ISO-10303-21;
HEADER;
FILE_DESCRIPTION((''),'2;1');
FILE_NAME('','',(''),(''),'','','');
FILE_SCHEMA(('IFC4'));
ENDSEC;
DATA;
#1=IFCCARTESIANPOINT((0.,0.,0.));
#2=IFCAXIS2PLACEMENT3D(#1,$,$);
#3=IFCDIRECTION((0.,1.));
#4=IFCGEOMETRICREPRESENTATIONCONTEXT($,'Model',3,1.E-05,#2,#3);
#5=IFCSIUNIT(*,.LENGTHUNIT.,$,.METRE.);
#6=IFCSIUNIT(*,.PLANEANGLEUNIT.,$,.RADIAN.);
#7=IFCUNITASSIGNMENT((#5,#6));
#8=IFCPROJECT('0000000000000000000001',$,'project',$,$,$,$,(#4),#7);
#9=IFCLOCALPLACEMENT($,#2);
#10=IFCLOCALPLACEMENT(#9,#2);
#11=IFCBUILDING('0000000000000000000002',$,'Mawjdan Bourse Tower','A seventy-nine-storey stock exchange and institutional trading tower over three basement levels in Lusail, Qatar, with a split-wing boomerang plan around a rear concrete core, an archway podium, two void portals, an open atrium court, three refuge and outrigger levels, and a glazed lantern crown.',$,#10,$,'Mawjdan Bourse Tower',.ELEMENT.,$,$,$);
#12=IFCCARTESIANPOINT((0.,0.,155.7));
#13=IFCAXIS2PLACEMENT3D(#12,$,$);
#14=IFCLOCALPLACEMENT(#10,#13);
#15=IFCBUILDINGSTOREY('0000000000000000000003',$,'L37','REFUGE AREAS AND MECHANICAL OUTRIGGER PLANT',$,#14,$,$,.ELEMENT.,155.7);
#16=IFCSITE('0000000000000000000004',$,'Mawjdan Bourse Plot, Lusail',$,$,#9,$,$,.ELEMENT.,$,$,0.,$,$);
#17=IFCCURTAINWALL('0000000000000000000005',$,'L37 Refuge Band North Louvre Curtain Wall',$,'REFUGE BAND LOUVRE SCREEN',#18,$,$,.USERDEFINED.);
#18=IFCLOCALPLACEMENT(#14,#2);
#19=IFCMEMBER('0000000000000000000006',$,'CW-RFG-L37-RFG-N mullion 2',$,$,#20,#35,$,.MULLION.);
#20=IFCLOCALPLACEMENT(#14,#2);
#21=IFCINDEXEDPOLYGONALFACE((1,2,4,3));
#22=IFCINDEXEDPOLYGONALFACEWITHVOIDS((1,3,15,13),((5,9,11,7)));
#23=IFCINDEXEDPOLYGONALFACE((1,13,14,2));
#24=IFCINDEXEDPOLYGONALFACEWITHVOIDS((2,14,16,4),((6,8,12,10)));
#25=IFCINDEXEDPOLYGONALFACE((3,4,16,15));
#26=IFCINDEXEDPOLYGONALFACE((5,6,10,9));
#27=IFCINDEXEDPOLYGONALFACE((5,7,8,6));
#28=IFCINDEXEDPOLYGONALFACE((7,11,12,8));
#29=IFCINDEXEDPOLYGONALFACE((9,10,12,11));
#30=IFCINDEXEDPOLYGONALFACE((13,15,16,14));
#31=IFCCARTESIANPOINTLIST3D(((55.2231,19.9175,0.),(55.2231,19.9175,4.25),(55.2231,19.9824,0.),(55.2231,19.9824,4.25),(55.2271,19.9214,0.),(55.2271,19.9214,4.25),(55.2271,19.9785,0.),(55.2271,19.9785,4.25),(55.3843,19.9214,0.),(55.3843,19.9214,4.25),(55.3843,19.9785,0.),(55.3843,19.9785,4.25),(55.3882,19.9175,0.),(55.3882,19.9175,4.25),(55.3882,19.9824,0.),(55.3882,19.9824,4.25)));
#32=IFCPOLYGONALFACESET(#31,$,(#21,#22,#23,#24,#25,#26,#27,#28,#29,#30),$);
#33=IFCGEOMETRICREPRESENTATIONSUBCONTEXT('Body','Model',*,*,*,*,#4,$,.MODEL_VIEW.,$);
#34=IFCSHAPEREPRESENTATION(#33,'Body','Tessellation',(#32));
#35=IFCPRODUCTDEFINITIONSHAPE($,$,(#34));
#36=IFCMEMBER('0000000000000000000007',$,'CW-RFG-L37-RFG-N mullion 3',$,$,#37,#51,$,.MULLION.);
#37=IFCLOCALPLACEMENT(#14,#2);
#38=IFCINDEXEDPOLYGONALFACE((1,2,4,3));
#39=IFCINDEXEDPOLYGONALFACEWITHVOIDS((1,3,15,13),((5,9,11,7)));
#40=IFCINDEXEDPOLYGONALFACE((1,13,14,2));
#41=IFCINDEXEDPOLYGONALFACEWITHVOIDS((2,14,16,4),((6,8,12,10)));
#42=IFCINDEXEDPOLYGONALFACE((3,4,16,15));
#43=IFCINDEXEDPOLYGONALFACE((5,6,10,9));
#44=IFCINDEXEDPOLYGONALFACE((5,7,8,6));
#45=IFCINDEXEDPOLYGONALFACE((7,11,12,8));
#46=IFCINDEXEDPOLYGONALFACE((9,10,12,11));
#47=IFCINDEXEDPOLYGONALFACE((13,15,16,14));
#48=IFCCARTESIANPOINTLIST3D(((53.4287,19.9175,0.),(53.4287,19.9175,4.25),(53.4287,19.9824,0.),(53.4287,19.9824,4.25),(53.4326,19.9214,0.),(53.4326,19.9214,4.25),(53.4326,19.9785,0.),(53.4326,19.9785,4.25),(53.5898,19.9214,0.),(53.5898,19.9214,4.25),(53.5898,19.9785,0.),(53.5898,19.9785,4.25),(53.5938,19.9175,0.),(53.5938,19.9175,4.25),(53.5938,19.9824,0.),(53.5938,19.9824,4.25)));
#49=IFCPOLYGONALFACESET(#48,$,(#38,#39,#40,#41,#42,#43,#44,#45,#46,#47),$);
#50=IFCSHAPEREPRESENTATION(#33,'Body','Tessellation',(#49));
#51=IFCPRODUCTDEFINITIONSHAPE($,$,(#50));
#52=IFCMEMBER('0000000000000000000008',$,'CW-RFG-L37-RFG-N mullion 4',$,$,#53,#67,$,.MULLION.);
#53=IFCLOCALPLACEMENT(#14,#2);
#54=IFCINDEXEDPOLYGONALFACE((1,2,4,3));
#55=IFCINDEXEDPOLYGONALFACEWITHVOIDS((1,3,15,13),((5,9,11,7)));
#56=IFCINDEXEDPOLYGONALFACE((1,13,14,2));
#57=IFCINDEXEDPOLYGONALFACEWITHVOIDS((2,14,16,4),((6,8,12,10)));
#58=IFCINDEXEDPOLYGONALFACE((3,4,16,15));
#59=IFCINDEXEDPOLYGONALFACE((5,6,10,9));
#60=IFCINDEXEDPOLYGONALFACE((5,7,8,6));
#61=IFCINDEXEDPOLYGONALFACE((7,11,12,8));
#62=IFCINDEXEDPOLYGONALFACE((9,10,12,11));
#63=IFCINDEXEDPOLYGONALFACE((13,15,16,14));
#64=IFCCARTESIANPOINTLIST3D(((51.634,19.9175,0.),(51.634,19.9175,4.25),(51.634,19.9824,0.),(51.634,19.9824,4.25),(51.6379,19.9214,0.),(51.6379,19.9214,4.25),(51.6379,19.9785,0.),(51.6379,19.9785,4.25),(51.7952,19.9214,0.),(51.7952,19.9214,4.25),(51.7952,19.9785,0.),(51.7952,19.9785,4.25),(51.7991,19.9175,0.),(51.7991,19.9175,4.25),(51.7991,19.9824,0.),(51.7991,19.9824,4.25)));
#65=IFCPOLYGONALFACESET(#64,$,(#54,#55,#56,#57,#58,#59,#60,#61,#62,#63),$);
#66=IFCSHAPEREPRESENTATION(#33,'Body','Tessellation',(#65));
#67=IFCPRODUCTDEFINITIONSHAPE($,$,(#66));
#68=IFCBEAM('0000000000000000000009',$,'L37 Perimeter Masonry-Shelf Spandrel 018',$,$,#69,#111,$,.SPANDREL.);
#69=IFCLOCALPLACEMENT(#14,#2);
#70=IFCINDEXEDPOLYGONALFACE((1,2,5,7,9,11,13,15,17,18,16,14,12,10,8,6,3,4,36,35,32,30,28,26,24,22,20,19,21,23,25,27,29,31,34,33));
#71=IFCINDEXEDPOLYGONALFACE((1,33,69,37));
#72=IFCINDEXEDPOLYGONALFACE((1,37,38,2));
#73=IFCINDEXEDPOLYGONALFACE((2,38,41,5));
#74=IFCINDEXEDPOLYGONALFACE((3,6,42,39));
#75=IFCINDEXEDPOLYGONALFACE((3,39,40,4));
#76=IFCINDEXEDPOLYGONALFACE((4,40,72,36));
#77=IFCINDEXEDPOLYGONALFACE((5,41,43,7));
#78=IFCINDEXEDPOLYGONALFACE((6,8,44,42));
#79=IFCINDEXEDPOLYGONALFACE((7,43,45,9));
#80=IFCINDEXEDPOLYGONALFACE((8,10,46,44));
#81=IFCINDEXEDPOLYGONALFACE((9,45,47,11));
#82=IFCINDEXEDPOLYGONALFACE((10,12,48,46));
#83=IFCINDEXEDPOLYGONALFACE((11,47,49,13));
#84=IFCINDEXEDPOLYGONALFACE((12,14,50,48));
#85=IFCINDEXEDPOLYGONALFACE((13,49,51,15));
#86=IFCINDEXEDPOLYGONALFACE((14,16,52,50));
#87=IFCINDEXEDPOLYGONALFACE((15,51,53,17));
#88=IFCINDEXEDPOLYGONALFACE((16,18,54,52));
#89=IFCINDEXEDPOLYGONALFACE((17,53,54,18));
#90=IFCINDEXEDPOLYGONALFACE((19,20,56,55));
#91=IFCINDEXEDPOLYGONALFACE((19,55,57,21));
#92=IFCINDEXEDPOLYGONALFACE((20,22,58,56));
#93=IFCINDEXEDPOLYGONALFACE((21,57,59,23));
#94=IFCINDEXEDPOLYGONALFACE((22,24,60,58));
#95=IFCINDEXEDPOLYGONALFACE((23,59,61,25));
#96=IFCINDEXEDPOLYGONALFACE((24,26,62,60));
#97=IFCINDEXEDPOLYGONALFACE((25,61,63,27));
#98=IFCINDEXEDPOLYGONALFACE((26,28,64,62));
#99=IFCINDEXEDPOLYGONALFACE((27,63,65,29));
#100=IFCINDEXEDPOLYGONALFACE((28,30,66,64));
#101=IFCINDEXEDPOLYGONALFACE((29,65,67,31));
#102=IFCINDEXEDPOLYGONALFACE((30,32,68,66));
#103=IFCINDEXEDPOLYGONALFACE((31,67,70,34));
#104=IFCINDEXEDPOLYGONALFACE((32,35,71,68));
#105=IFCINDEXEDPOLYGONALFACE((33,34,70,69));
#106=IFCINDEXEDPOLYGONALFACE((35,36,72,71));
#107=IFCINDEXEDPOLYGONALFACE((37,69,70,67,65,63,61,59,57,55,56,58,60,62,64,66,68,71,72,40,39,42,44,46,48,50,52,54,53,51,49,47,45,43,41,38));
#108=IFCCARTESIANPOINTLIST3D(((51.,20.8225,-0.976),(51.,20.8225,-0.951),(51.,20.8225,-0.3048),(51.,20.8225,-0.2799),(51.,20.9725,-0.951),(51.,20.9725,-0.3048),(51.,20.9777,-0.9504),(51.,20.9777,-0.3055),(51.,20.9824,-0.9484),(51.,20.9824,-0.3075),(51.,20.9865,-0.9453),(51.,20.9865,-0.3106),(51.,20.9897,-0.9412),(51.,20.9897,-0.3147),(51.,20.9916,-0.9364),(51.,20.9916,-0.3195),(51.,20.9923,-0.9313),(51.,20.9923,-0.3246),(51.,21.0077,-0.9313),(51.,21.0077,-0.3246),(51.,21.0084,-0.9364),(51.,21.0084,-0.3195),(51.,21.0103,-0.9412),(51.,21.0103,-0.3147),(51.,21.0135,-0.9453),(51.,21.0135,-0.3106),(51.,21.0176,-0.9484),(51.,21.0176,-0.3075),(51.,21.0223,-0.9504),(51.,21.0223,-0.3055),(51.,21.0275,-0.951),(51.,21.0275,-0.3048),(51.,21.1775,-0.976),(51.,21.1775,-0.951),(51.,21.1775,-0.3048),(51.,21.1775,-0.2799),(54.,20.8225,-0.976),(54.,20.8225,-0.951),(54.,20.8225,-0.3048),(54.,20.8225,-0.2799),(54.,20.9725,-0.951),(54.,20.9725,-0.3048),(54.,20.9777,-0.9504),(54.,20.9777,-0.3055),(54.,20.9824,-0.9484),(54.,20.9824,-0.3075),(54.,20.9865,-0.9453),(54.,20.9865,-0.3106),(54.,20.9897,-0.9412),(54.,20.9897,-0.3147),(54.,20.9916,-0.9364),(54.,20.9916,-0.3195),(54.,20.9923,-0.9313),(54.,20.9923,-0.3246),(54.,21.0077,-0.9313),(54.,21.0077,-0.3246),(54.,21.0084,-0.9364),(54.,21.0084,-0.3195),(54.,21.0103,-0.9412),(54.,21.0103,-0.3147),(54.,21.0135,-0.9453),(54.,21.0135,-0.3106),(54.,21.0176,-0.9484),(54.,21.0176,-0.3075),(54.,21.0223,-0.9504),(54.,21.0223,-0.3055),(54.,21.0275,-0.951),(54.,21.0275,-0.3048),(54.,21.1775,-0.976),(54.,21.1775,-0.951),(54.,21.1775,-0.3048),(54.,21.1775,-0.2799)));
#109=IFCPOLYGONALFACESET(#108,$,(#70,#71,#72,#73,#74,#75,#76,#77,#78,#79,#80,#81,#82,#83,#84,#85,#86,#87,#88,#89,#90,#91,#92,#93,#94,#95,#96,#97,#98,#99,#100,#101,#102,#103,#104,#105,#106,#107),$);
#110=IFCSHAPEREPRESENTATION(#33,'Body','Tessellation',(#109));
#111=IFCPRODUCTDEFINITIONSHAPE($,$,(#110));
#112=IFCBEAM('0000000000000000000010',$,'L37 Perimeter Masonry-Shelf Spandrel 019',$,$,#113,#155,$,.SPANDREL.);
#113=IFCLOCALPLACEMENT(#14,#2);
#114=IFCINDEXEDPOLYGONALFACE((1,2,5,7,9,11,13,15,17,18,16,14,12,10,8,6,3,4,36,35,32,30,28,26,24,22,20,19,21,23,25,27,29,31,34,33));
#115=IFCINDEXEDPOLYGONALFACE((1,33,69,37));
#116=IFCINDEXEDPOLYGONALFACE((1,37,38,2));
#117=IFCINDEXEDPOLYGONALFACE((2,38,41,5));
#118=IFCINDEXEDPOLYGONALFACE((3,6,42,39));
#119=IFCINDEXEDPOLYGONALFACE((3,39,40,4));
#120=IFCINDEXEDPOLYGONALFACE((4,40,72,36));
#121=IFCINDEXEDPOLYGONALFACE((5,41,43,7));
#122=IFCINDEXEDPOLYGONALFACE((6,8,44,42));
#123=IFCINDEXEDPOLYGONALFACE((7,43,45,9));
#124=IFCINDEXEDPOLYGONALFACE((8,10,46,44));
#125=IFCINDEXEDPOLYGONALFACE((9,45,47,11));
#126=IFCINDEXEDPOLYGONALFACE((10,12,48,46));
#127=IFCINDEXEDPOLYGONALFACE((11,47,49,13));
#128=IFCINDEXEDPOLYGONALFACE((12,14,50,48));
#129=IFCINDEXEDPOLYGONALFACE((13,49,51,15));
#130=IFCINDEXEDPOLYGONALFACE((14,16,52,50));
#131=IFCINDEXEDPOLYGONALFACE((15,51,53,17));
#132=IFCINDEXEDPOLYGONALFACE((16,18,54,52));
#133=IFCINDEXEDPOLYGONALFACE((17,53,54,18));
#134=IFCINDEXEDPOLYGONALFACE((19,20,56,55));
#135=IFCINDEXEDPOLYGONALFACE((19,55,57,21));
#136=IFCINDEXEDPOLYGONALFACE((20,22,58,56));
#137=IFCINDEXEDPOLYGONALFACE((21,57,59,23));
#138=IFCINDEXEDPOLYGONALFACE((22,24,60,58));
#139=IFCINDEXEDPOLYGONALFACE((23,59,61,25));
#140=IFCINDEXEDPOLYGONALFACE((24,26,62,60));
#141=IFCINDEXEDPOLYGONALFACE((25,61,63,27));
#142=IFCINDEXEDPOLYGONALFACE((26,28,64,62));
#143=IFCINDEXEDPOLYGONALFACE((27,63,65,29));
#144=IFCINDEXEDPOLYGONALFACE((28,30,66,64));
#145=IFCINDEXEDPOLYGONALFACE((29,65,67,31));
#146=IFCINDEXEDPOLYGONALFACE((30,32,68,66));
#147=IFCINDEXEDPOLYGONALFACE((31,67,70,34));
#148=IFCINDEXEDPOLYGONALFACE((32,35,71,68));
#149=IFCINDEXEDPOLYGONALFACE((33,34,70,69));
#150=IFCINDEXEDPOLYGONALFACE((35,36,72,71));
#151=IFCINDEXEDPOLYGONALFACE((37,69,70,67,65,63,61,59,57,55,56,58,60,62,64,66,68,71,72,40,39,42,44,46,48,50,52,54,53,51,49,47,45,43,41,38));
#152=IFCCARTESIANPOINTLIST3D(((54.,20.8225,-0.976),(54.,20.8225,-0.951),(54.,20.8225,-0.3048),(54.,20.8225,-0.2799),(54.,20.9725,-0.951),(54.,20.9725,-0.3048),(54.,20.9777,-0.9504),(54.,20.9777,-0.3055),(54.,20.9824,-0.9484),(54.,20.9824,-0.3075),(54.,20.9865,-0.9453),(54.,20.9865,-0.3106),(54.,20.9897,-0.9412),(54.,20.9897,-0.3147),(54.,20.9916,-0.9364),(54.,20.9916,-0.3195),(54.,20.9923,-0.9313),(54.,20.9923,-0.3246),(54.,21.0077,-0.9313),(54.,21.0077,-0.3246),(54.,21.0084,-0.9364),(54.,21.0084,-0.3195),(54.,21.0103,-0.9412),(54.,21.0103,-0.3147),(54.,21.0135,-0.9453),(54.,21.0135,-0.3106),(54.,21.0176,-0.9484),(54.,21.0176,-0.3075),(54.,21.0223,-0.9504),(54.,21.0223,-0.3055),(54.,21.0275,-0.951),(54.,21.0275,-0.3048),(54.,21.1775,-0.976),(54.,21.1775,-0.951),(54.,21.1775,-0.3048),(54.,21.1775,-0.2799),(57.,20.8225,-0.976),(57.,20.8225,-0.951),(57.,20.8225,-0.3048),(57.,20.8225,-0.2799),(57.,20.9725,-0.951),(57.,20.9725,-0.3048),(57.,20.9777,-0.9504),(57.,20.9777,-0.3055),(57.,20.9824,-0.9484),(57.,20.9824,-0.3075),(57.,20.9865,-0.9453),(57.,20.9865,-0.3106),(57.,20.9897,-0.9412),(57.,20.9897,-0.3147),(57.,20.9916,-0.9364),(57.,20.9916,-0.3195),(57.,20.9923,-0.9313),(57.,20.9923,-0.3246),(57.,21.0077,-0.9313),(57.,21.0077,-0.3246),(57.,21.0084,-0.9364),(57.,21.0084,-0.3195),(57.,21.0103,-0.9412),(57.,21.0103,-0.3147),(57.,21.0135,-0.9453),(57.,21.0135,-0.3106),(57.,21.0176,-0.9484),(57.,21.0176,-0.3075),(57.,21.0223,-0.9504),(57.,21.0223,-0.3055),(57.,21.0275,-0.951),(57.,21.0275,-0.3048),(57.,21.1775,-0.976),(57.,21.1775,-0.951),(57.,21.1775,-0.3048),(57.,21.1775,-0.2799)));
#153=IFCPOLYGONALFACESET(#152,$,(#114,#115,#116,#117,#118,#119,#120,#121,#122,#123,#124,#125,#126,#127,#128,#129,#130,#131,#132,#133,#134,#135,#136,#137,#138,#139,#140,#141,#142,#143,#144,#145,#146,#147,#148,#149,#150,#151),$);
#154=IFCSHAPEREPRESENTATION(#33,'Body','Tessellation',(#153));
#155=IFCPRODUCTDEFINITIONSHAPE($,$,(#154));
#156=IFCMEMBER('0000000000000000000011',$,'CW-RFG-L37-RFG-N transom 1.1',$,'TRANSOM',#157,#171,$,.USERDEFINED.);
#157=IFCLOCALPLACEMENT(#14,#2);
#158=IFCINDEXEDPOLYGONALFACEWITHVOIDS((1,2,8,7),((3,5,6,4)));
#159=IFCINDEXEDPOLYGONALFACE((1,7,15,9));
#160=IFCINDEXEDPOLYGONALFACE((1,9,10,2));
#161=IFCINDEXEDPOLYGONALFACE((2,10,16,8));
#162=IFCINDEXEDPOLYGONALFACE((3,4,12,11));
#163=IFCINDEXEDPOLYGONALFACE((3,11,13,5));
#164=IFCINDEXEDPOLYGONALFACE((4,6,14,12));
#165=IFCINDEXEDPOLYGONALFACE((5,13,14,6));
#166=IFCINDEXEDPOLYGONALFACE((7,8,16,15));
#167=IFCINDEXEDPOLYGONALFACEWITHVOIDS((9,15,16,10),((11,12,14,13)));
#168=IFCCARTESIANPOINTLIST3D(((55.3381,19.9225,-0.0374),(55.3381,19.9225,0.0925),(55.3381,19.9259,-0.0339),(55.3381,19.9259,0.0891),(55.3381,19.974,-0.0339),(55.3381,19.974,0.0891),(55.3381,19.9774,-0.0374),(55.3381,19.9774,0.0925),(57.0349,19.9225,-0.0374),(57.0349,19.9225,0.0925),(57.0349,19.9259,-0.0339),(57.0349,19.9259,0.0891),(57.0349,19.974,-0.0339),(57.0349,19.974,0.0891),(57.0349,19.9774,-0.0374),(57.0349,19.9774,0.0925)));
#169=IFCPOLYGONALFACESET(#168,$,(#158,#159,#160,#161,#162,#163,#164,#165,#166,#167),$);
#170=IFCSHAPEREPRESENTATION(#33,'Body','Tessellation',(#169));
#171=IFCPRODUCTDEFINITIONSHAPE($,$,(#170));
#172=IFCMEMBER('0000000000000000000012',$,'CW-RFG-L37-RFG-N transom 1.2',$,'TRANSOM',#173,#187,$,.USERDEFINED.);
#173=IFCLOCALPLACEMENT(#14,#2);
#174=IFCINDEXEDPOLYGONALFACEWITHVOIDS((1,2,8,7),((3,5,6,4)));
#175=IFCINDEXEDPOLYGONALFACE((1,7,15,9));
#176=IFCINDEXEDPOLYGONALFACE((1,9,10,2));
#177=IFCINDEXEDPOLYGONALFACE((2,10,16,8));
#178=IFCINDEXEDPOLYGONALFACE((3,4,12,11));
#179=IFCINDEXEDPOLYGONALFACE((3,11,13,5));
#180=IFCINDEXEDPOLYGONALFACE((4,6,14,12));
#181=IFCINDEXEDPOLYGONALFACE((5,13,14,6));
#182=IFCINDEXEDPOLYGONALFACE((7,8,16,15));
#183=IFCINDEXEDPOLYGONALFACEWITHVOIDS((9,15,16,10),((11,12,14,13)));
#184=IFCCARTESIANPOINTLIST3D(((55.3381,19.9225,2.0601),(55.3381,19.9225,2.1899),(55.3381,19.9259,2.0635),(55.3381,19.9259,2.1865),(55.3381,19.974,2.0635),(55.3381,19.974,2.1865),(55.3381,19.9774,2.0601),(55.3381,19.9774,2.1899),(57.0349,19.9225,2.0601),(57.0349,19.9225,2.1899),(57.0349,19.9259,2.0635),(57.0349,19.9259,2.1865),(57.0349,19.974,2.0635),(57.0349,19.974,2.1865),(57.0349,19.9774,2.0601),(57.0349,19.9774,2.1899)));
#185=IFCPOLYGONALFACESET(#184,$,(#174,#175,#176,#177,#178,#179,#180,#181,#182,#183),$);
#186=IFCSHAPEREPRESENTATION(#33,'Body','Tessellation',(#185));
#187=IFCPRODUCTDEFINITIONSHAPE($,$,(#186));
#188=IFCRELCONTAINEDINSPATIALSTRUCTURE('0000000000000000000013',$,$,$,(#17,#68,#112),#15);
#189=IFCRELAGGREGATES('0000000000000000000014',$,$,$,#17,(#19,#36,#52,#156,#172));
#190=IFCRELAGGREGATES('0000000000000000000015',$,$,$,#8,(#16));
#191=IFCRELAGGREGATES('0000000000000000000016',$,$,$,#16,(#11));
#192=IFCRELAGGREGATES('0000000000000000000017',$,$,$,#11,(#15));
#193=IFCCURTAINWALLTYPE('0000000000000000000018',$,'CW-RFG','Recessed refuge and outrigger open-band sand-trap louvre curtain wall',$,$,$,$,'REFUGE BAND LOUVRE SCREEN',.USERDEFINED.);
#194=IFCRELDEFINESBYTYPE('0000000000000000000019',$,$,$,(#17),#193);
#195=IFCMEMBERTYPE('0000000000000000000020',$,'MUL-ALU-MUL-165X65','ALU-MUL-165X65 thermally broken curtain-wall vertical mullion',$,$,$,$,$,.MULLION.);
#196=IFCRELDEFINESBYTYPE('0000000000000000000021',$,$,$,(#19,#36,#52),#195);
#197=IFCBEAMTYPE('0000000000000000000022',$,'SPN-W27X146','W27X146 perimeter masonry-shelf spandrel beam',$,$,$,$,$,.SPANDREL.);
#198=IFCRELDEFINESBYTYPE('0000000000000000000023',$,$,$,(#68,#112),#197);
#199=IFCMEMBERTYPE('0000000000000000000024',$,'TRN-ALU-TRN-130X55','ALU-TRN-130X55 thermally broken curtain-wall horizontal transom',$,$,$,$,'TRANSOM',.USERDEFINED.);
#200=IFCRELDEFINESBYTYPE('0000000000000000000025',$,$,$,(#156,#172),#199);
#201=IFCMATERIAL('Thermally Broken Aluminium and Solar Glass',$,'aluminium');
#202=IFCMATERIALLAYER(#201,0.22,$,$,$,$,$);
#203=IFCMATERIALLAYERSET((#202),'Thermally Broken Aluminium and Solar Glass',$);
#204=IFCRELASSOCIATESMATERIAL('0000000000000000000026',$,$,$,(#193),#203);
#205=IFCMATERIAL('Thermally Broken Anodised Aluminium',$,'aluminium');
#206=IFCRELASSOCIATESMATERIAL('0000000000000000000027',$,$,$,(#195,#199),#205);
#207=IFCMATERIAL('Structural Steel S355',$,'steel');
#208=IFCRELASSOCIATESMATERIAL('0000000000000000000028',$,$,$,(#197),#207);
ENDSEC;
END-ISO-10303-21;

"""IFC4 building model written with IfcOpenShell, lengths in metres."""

from ifc_helpers import new_model, si_unit, direction, frame, origin, origin_2d, place, context, subcontext, project, spatial, hollow_rectangle, i_section, extrude, material, layer, layer_set, material_profile, profile_set, type_object, element, aggregate, save


model = new_model("IFC4")

# Units and contexts
model_context = context("Model", 3, precision=1e-05, world=origin(), true_north=direction((0.0, 1.0)))
body_context = subcontext(model_context, "Body", "Model", "MODEL_VIEW")
ifc_project = project(units=[si_unit("LENGTHUNIT", "METRE"), si_unit("PLANEANGLEUNIT", "RADIAN")], contexts=[model_context])

# Site, building, storey
site_placement = place(None, origin())
site = spatial("IfcSite", under=ifc_project, at=site_placement, Name="Mawjdan Bourse Plot, Lusail", CompositionType="ELEMENT", RefElevation=0.0)
building_placement = place(site_placement, origin())
building = spatial("IfcBuilding", under=site, at=building_placement, Name="Mawjdan Bourse Tower", Description="A seventy-nine-storey stock exchange and institutional trading tower over three basement levels in Lusail, Qatar, with a split-wing boomerang plan around a rear concrete core, an archway podium, two void portals, an open atrium court, three refuge and outrigger levels, and a glazed lantern crown.", LongName="Mawjdan Bourse Tower", CompositionType="ELEMENT")
storey_placement = place(building_placement, frame((0.0, 0.0, 155.7)))
storey = spatial("IfcBuildingStorey", under=building, at=storey_placement, Name="L37", Description="REFUGE AREAS AND MECHANICAL OUTRIGGER PLANT", CompositionType="ELEMENT", Elevation=155.7)

# Shared definitions
ifc_material_1 = material(Name="Structural Steel S355", Category="steel")

# Curtain wall, members
ifc_material_2 = material(Name="Thermally Broken Aluminium and Solar Glass", Category="aluminium")
ifc_layer_1 = layer(ifc_material_2, 0.22)
ifc_layer_set_1 = layer_set([ifc_layer_1], Name="Thermally Broken Aluminium and Solar Glass")
curtain_wall_type = type_object("IfcCurtainWallType", Name="CW-RFG", Description="Recessed refuge and outrigger open-band sand-trap louvre curtain wall", ElementType="REFUGE BAND LOUVRE SCREEN", PredefinedType="USERDEFINED", material=ifc_layer_set_1)
curtain_wall_placement = place(storey_placement, origin())
curtain_wall = element("IfcCurtainWall", 1, at=curtain_wall_placement, inside=storey, type_object=curtain_wall_type, Name="L37 Refuge Band North Louvre Curtain Wall", ObjectType="REFUGE BAND LOUVRE SCREEN", PredefinedType="USERDEFINED")
ifc_material_3 = material(Name="Thermally Broken Anodised Aluminium", Category="aluminium")
ifc_material_profile_1 = material_profile(ifc_material_3, hollow_rectangle(XDim=0.0649, YDim=0.165, WallThickness=0.0039, at=origin_2d()), Name="ALU-MUL-165X65")
ifc_profile_set_1 = profile_set([ifc_material_profile_1], Name="Thermally Broken Anodised Aluminium")
member_type_1 = type_object("IfcMemberType", Name="MUL-ALU-MUL-165X65", Description="ALU-MUL-165X65 thermally broken curtain-wall vertical mullion", PredefinedType="MULLION", material=ifc_profile_set_1)
member_1_placement = place(storey_placement, frame((55.3057, 19.95, 0.0), z_axis=(0.0, 0.0, 1.0), x_axis=(0.0, -1.0, 0.0)))
member_1 = element("IfcMember", 2, at=member_1_placement, type_object=member_type_1, Name="CW-RFG-L37-RFG-N mullion 2", PredefinedType="MULLION", context=body_context, shape_type="SweptSolid", body=[
    extrude(hollow_rectangle(XDim=0.0649, YDim=0.165, WallThickness=0.0039, at=origin_2d()), origin(), (0.0, 0.0, 1.0), 4.25),
])
member_2_placement = place(storey_placement, frame((53.5112, 19.95, 0.0), z_axis=(0.0, 0.0, 1.0), x_axis=(0.0, -1.0, 0.0)))
member_2 = element("IfcMember", 3, at=member_2_placement, type_object=member_type_1, Name="CW-RFG-L37-RFG-N mullion 3", PredefinedType="MULLION", context=body_context, shape_type="SweptSolid", body=[
    extrude(hollow_rectangle(XDim=0.0649, YDim=0.165, WallThickness=0.0039, at=origin_2d()), origin(), (0.0, 0.0, 1.0), 4.25),
])
member_3_placement = place(storey_placement, frame((51.7166, 19.95, 0.0), z_axis=(0.0, 0.0, 1.0), x_axis=(0.0, -1.0, 0.0)))
member_3 = element("IfcMember", 4, at=member_3_placement, type_object=member_type_1, Name="CW-RFG-L37-RFG-N mullion 4", PredefinedType="MULLION", context=body_context, shape_type="SweptSolid", body=[
    extrude(hollow_rectangle(XDim=0.0649, YDim=0.165, WallThickness=0.0039, at=origin_2d()), origin(), (0.0, 0.0, 1.0), 4.25),
])

# Beams
ifc_material_profile_2 = material_profile(ifc_material_1, i_section(OverallWidth=0.355, OverallDepth=0.696, WebThickness=0.0154, FlangeThickness=0.0249, FilletRadius=0.0198, at=origin_2d()), Name="W27X146")
ifc_profile_set_2 = profile_set([ifc_material_profile_2], Name="Structural Steel S355")
beam_type_1 = type_object("IfcBeamType", Name="SPN-W27X146", Description="W27X146 perimeter masonry-shelf spandrel beam", PredefinedType="SPANDREL", material=ifc_profile_set_2)
for number, where, z_axis, x_axis, name in (
    (5, (51.0, 21.0, -0.6279), (1.0, 0.0, 0.0), (0.0, 1.0, 0.0), "L37 Perimeter Masonry-Shelf Spandrel 018"),
    (6, (54.0, 21.0, -0.6279), (1.0, 0.0, 0.0), (0.0, 1.0, 0.0), "L37 Perimeter Masonry-Shelf Spandrel 019"),
):
    element("IfcBeam", number, at=place(storey_placement, frame(where, z_axis=z_axis, x_axis=x_axis)), inside=storey, type_object=beam_type_1, Name=name, PredefinedType="SPANDREL", context=body_context, shape_type="SweptSolid", body=[
        extrude(i_section(OverallWidth=0.355, OverallDepth=0.696, WebThickness=0.0154, FlangeThickness=0.0249, FilletRadius=0.0198, at=origin_2d()), origin(), (0.0, 0.0, 1.0), 3.0),
    ])

# Members
ifc_material_profile_3 = material_profile(ifc_material_3, hollow_rectangle(XDim=0.0549, YDim=0.1299, WallThickness=0.0034, at=origin_2d()), Name="ALU-TRN-130X55")
ifc_profile_set_3 = profile_set([ifc_material_profile_3], Name="Thermally Broken Anodised Aluminium")
member_type_2 = type_object("IfcMemberType", Name="TRN-ALU-TRN-130X55", Description="ALU-TRN-130X55 thermally broken curtain-wall horizontal transom", ElementType="TRANSOM", PredefinedType="USERDEFINED", material=ifc_profile_set_3)
member_4_placement = place(storey_placement, frame((57.0349, 19.95, 0.0276), z_axis=(-1.0, 0.0, 0.0), x_axis=(0.0, -1.0, 0.0)))
member_4 = element("IfcMember", 7, at=member_4_placement, type_object=member_type_2, Name="CW-RFG-L37-RFG-N transom 1.1", ObjectType="TRANSOM", PredefinedType="USERDEFINED", context=body_context, shape_type="SweptSolid", body=[
    extrude(hollow_rectangle(XDim=0.0549, YDim=0.1299, WallThickness=0.0034, at=origin_2d()), origin(), (0.0, 0.0, 1.0), 1.6968),
])
member_5_placement = place(storey_placement, frame((57.0349, 19.95, 2.125), z_axis=(-1.0, 0.0, 0.0), x_axis=(0.0, -1.0, 0.0)))
member_5 = element("IfcMember", 8, at=member_5_placement, type_object=member_type_2, Name="CW-RFG-L37-RFG-N transom 1.2", ObjectType="TRANSOM", PredefinedType="USERDEFINED", context=body_context, shape_type="SweptSolid", body=[
    extrude(hollow_rectangle(XDim=0.0549, YDim=0.1299, WallThickness=0.0034, at=origin_2d()), origin(), (0.0, 0.0, 1.0), 1.6968),
])

aggregate(curtain_wall, [member_1, member_2, member_3, member_4, member_5])

save(model, "model.ifc")
